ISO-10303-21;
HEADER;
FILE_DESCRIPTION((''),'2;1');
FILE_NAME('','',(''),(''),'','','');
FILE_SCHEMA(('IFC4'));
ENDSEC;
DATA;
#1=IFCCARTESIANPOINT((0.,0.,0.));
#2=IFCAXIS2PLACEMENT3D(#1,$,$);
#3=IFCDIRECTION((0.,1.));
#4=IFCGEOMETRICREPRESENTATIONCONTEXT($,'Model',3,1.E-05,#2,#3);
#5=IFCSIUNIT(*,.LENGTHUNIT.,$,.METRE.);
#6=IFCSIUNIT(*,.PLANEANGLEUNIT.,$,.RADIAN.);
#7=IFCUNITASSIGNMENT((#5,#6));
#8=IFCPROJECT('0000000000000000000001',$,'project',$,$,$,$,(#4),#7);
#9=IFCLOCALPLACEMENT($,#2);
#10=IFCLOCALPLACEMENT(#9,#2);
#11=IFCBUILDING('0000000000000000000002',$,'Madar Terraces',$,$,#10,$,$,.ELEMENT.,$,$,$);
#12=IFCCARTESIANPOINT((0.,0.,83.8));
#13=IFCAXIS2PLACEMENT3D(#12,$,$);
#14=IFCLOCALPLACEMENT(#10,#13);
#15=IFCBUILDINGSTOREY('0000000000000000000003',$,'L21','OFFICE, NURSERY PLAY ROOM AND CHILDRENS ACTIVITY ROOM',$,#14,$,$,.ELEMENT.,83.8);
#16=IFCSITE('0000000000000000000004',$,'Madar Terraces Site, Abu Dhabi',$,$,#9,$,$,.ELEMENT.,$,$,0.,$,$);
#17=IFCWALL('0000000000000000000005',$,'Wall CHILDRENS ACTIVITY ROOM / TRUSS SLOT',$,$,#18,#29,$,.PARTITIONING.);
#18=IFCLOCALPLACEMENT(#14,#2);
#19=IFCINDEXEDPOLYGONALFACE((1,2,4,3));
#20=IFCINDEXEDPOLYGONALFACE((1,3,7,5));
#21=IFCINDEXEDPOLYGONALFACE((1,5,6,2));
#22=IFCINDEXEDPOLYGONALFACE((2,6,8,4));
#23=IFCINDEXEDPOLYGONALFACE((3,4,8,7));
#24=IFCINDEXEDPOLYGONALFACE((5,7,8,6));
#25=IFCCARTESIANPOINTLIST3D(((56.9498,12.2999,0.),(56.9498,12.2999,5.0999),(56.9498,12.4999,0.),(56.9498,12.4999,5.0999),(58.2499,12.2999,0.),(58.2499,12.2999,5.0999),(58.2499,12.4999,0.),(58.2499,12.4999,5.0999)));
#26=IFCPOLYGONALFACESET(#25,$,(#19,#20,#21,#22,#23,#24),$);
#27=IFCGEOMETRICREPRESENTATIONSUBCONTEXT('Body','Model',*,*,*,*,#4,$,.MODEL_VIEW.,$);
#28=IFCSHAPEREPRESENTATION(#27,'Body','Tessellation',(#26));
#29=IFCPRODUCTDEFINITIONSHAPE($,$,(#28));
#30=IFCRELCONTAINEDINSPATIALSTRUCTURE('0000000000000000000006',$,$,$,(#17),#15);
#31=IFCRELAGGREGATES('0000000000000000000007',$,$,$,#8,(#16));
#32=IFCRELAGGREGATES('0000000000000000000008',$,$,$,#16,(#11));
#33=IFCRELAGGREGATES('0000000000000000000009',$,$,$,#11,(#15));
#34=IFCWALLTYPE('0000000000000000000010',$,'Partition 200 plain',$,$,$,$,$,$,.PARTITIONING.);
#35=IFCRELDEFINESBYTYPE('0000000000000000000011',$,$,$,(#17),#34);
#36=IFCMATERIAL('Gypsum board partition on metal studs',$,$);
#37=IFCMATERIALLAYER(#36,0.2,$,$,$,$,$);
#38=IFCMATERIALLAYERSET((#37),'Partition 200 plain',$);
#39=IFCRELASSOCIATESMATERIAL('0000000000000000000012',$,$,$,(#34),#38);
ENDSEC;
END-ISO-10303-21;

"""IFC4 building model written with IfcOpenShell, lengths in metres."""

from ifc_helpers import new_model, si_unit, direction, frame, frame_2d, origin, place, context, subcontext, project, spatial, rectangle, extrude, material, layer, layer_set, type_object, element, save


model = new_model("IFC4")

# Units and contexts
model_context = context("Model", 3, precision=1e-05, world=origin(), true_north=direction((0.0, 1.0)))
body_context = subcontext(model_context, "Body", "Model", "MODEL_VIEW")
ifc_project = project(units=[si_unit("LENGTHUNIT", "METRE"), si_unit("PLANEANGLEUNIT", "RADIAN")], contexts=[model_context])

# Site, building, storey
site_placement = place(None, origin())
site = spatial("IfcSite", under=ifc_project, at=site_placement, Name="Madar Terraces Site, Abu Dhabi", CompositionType="ELEMENT", RefElevation=0.0)
building_placement = place(site_placement, origin())
building = spatial("IfcBuilding", under=site, at=building_placement, Name="Madar Terraces", CompositionType="ELEMENT")
storey_placement = place(building_placement, frame((0.0, 0.0, 83.8)))
storey = spatial("IfcBuildingStorey", under=building, at=storey_placement, Name="L21", Description="OFFICE, NURSERY PLAY ROOM AND CHILDRENS ACTIVITY ROOM", CompositionType="ELEMENT", Elevation=83.8)

# Wall
ifc_material_1 = material(Name="Gypsum board partition on metal studs")
ifc_layer_1 = layer(ifc_material_1, 0.2)
ifc_layer_set_1 = layer_set([ifc_layer_1], Name="Partition 200 plain")
wall_type_1 = type_object("IfcWallType", Name="Partition 200 plain", PredefinedType="PARTITIONING", material=ifc_layer_set_1)
wall_1_placement = place(storey_placement, frame((56.95, 12.3999, 0.0), z_axis=(0.0, 0.0, 1.0), x_axis=(1.0, 0.0, 0.0)))
element("IfcWall", 1, at=wall_1_placement, inside=storey, type_object=wall_type_1, Name="Wall CHILDRENS ACTIVITY ROOM / TRUSS SLOT", PredefinedType="PARTITIONING", context=body_context, shape_type="SweptSolid", body=[
    extrude(rectangle(XDim=1.3, YDim=0.2, at=frame_2d((0.6499, 0.0))), origin(), (0.0, 0.0, 1.0), 5.0999),
])

save(model, "model.ifc")
